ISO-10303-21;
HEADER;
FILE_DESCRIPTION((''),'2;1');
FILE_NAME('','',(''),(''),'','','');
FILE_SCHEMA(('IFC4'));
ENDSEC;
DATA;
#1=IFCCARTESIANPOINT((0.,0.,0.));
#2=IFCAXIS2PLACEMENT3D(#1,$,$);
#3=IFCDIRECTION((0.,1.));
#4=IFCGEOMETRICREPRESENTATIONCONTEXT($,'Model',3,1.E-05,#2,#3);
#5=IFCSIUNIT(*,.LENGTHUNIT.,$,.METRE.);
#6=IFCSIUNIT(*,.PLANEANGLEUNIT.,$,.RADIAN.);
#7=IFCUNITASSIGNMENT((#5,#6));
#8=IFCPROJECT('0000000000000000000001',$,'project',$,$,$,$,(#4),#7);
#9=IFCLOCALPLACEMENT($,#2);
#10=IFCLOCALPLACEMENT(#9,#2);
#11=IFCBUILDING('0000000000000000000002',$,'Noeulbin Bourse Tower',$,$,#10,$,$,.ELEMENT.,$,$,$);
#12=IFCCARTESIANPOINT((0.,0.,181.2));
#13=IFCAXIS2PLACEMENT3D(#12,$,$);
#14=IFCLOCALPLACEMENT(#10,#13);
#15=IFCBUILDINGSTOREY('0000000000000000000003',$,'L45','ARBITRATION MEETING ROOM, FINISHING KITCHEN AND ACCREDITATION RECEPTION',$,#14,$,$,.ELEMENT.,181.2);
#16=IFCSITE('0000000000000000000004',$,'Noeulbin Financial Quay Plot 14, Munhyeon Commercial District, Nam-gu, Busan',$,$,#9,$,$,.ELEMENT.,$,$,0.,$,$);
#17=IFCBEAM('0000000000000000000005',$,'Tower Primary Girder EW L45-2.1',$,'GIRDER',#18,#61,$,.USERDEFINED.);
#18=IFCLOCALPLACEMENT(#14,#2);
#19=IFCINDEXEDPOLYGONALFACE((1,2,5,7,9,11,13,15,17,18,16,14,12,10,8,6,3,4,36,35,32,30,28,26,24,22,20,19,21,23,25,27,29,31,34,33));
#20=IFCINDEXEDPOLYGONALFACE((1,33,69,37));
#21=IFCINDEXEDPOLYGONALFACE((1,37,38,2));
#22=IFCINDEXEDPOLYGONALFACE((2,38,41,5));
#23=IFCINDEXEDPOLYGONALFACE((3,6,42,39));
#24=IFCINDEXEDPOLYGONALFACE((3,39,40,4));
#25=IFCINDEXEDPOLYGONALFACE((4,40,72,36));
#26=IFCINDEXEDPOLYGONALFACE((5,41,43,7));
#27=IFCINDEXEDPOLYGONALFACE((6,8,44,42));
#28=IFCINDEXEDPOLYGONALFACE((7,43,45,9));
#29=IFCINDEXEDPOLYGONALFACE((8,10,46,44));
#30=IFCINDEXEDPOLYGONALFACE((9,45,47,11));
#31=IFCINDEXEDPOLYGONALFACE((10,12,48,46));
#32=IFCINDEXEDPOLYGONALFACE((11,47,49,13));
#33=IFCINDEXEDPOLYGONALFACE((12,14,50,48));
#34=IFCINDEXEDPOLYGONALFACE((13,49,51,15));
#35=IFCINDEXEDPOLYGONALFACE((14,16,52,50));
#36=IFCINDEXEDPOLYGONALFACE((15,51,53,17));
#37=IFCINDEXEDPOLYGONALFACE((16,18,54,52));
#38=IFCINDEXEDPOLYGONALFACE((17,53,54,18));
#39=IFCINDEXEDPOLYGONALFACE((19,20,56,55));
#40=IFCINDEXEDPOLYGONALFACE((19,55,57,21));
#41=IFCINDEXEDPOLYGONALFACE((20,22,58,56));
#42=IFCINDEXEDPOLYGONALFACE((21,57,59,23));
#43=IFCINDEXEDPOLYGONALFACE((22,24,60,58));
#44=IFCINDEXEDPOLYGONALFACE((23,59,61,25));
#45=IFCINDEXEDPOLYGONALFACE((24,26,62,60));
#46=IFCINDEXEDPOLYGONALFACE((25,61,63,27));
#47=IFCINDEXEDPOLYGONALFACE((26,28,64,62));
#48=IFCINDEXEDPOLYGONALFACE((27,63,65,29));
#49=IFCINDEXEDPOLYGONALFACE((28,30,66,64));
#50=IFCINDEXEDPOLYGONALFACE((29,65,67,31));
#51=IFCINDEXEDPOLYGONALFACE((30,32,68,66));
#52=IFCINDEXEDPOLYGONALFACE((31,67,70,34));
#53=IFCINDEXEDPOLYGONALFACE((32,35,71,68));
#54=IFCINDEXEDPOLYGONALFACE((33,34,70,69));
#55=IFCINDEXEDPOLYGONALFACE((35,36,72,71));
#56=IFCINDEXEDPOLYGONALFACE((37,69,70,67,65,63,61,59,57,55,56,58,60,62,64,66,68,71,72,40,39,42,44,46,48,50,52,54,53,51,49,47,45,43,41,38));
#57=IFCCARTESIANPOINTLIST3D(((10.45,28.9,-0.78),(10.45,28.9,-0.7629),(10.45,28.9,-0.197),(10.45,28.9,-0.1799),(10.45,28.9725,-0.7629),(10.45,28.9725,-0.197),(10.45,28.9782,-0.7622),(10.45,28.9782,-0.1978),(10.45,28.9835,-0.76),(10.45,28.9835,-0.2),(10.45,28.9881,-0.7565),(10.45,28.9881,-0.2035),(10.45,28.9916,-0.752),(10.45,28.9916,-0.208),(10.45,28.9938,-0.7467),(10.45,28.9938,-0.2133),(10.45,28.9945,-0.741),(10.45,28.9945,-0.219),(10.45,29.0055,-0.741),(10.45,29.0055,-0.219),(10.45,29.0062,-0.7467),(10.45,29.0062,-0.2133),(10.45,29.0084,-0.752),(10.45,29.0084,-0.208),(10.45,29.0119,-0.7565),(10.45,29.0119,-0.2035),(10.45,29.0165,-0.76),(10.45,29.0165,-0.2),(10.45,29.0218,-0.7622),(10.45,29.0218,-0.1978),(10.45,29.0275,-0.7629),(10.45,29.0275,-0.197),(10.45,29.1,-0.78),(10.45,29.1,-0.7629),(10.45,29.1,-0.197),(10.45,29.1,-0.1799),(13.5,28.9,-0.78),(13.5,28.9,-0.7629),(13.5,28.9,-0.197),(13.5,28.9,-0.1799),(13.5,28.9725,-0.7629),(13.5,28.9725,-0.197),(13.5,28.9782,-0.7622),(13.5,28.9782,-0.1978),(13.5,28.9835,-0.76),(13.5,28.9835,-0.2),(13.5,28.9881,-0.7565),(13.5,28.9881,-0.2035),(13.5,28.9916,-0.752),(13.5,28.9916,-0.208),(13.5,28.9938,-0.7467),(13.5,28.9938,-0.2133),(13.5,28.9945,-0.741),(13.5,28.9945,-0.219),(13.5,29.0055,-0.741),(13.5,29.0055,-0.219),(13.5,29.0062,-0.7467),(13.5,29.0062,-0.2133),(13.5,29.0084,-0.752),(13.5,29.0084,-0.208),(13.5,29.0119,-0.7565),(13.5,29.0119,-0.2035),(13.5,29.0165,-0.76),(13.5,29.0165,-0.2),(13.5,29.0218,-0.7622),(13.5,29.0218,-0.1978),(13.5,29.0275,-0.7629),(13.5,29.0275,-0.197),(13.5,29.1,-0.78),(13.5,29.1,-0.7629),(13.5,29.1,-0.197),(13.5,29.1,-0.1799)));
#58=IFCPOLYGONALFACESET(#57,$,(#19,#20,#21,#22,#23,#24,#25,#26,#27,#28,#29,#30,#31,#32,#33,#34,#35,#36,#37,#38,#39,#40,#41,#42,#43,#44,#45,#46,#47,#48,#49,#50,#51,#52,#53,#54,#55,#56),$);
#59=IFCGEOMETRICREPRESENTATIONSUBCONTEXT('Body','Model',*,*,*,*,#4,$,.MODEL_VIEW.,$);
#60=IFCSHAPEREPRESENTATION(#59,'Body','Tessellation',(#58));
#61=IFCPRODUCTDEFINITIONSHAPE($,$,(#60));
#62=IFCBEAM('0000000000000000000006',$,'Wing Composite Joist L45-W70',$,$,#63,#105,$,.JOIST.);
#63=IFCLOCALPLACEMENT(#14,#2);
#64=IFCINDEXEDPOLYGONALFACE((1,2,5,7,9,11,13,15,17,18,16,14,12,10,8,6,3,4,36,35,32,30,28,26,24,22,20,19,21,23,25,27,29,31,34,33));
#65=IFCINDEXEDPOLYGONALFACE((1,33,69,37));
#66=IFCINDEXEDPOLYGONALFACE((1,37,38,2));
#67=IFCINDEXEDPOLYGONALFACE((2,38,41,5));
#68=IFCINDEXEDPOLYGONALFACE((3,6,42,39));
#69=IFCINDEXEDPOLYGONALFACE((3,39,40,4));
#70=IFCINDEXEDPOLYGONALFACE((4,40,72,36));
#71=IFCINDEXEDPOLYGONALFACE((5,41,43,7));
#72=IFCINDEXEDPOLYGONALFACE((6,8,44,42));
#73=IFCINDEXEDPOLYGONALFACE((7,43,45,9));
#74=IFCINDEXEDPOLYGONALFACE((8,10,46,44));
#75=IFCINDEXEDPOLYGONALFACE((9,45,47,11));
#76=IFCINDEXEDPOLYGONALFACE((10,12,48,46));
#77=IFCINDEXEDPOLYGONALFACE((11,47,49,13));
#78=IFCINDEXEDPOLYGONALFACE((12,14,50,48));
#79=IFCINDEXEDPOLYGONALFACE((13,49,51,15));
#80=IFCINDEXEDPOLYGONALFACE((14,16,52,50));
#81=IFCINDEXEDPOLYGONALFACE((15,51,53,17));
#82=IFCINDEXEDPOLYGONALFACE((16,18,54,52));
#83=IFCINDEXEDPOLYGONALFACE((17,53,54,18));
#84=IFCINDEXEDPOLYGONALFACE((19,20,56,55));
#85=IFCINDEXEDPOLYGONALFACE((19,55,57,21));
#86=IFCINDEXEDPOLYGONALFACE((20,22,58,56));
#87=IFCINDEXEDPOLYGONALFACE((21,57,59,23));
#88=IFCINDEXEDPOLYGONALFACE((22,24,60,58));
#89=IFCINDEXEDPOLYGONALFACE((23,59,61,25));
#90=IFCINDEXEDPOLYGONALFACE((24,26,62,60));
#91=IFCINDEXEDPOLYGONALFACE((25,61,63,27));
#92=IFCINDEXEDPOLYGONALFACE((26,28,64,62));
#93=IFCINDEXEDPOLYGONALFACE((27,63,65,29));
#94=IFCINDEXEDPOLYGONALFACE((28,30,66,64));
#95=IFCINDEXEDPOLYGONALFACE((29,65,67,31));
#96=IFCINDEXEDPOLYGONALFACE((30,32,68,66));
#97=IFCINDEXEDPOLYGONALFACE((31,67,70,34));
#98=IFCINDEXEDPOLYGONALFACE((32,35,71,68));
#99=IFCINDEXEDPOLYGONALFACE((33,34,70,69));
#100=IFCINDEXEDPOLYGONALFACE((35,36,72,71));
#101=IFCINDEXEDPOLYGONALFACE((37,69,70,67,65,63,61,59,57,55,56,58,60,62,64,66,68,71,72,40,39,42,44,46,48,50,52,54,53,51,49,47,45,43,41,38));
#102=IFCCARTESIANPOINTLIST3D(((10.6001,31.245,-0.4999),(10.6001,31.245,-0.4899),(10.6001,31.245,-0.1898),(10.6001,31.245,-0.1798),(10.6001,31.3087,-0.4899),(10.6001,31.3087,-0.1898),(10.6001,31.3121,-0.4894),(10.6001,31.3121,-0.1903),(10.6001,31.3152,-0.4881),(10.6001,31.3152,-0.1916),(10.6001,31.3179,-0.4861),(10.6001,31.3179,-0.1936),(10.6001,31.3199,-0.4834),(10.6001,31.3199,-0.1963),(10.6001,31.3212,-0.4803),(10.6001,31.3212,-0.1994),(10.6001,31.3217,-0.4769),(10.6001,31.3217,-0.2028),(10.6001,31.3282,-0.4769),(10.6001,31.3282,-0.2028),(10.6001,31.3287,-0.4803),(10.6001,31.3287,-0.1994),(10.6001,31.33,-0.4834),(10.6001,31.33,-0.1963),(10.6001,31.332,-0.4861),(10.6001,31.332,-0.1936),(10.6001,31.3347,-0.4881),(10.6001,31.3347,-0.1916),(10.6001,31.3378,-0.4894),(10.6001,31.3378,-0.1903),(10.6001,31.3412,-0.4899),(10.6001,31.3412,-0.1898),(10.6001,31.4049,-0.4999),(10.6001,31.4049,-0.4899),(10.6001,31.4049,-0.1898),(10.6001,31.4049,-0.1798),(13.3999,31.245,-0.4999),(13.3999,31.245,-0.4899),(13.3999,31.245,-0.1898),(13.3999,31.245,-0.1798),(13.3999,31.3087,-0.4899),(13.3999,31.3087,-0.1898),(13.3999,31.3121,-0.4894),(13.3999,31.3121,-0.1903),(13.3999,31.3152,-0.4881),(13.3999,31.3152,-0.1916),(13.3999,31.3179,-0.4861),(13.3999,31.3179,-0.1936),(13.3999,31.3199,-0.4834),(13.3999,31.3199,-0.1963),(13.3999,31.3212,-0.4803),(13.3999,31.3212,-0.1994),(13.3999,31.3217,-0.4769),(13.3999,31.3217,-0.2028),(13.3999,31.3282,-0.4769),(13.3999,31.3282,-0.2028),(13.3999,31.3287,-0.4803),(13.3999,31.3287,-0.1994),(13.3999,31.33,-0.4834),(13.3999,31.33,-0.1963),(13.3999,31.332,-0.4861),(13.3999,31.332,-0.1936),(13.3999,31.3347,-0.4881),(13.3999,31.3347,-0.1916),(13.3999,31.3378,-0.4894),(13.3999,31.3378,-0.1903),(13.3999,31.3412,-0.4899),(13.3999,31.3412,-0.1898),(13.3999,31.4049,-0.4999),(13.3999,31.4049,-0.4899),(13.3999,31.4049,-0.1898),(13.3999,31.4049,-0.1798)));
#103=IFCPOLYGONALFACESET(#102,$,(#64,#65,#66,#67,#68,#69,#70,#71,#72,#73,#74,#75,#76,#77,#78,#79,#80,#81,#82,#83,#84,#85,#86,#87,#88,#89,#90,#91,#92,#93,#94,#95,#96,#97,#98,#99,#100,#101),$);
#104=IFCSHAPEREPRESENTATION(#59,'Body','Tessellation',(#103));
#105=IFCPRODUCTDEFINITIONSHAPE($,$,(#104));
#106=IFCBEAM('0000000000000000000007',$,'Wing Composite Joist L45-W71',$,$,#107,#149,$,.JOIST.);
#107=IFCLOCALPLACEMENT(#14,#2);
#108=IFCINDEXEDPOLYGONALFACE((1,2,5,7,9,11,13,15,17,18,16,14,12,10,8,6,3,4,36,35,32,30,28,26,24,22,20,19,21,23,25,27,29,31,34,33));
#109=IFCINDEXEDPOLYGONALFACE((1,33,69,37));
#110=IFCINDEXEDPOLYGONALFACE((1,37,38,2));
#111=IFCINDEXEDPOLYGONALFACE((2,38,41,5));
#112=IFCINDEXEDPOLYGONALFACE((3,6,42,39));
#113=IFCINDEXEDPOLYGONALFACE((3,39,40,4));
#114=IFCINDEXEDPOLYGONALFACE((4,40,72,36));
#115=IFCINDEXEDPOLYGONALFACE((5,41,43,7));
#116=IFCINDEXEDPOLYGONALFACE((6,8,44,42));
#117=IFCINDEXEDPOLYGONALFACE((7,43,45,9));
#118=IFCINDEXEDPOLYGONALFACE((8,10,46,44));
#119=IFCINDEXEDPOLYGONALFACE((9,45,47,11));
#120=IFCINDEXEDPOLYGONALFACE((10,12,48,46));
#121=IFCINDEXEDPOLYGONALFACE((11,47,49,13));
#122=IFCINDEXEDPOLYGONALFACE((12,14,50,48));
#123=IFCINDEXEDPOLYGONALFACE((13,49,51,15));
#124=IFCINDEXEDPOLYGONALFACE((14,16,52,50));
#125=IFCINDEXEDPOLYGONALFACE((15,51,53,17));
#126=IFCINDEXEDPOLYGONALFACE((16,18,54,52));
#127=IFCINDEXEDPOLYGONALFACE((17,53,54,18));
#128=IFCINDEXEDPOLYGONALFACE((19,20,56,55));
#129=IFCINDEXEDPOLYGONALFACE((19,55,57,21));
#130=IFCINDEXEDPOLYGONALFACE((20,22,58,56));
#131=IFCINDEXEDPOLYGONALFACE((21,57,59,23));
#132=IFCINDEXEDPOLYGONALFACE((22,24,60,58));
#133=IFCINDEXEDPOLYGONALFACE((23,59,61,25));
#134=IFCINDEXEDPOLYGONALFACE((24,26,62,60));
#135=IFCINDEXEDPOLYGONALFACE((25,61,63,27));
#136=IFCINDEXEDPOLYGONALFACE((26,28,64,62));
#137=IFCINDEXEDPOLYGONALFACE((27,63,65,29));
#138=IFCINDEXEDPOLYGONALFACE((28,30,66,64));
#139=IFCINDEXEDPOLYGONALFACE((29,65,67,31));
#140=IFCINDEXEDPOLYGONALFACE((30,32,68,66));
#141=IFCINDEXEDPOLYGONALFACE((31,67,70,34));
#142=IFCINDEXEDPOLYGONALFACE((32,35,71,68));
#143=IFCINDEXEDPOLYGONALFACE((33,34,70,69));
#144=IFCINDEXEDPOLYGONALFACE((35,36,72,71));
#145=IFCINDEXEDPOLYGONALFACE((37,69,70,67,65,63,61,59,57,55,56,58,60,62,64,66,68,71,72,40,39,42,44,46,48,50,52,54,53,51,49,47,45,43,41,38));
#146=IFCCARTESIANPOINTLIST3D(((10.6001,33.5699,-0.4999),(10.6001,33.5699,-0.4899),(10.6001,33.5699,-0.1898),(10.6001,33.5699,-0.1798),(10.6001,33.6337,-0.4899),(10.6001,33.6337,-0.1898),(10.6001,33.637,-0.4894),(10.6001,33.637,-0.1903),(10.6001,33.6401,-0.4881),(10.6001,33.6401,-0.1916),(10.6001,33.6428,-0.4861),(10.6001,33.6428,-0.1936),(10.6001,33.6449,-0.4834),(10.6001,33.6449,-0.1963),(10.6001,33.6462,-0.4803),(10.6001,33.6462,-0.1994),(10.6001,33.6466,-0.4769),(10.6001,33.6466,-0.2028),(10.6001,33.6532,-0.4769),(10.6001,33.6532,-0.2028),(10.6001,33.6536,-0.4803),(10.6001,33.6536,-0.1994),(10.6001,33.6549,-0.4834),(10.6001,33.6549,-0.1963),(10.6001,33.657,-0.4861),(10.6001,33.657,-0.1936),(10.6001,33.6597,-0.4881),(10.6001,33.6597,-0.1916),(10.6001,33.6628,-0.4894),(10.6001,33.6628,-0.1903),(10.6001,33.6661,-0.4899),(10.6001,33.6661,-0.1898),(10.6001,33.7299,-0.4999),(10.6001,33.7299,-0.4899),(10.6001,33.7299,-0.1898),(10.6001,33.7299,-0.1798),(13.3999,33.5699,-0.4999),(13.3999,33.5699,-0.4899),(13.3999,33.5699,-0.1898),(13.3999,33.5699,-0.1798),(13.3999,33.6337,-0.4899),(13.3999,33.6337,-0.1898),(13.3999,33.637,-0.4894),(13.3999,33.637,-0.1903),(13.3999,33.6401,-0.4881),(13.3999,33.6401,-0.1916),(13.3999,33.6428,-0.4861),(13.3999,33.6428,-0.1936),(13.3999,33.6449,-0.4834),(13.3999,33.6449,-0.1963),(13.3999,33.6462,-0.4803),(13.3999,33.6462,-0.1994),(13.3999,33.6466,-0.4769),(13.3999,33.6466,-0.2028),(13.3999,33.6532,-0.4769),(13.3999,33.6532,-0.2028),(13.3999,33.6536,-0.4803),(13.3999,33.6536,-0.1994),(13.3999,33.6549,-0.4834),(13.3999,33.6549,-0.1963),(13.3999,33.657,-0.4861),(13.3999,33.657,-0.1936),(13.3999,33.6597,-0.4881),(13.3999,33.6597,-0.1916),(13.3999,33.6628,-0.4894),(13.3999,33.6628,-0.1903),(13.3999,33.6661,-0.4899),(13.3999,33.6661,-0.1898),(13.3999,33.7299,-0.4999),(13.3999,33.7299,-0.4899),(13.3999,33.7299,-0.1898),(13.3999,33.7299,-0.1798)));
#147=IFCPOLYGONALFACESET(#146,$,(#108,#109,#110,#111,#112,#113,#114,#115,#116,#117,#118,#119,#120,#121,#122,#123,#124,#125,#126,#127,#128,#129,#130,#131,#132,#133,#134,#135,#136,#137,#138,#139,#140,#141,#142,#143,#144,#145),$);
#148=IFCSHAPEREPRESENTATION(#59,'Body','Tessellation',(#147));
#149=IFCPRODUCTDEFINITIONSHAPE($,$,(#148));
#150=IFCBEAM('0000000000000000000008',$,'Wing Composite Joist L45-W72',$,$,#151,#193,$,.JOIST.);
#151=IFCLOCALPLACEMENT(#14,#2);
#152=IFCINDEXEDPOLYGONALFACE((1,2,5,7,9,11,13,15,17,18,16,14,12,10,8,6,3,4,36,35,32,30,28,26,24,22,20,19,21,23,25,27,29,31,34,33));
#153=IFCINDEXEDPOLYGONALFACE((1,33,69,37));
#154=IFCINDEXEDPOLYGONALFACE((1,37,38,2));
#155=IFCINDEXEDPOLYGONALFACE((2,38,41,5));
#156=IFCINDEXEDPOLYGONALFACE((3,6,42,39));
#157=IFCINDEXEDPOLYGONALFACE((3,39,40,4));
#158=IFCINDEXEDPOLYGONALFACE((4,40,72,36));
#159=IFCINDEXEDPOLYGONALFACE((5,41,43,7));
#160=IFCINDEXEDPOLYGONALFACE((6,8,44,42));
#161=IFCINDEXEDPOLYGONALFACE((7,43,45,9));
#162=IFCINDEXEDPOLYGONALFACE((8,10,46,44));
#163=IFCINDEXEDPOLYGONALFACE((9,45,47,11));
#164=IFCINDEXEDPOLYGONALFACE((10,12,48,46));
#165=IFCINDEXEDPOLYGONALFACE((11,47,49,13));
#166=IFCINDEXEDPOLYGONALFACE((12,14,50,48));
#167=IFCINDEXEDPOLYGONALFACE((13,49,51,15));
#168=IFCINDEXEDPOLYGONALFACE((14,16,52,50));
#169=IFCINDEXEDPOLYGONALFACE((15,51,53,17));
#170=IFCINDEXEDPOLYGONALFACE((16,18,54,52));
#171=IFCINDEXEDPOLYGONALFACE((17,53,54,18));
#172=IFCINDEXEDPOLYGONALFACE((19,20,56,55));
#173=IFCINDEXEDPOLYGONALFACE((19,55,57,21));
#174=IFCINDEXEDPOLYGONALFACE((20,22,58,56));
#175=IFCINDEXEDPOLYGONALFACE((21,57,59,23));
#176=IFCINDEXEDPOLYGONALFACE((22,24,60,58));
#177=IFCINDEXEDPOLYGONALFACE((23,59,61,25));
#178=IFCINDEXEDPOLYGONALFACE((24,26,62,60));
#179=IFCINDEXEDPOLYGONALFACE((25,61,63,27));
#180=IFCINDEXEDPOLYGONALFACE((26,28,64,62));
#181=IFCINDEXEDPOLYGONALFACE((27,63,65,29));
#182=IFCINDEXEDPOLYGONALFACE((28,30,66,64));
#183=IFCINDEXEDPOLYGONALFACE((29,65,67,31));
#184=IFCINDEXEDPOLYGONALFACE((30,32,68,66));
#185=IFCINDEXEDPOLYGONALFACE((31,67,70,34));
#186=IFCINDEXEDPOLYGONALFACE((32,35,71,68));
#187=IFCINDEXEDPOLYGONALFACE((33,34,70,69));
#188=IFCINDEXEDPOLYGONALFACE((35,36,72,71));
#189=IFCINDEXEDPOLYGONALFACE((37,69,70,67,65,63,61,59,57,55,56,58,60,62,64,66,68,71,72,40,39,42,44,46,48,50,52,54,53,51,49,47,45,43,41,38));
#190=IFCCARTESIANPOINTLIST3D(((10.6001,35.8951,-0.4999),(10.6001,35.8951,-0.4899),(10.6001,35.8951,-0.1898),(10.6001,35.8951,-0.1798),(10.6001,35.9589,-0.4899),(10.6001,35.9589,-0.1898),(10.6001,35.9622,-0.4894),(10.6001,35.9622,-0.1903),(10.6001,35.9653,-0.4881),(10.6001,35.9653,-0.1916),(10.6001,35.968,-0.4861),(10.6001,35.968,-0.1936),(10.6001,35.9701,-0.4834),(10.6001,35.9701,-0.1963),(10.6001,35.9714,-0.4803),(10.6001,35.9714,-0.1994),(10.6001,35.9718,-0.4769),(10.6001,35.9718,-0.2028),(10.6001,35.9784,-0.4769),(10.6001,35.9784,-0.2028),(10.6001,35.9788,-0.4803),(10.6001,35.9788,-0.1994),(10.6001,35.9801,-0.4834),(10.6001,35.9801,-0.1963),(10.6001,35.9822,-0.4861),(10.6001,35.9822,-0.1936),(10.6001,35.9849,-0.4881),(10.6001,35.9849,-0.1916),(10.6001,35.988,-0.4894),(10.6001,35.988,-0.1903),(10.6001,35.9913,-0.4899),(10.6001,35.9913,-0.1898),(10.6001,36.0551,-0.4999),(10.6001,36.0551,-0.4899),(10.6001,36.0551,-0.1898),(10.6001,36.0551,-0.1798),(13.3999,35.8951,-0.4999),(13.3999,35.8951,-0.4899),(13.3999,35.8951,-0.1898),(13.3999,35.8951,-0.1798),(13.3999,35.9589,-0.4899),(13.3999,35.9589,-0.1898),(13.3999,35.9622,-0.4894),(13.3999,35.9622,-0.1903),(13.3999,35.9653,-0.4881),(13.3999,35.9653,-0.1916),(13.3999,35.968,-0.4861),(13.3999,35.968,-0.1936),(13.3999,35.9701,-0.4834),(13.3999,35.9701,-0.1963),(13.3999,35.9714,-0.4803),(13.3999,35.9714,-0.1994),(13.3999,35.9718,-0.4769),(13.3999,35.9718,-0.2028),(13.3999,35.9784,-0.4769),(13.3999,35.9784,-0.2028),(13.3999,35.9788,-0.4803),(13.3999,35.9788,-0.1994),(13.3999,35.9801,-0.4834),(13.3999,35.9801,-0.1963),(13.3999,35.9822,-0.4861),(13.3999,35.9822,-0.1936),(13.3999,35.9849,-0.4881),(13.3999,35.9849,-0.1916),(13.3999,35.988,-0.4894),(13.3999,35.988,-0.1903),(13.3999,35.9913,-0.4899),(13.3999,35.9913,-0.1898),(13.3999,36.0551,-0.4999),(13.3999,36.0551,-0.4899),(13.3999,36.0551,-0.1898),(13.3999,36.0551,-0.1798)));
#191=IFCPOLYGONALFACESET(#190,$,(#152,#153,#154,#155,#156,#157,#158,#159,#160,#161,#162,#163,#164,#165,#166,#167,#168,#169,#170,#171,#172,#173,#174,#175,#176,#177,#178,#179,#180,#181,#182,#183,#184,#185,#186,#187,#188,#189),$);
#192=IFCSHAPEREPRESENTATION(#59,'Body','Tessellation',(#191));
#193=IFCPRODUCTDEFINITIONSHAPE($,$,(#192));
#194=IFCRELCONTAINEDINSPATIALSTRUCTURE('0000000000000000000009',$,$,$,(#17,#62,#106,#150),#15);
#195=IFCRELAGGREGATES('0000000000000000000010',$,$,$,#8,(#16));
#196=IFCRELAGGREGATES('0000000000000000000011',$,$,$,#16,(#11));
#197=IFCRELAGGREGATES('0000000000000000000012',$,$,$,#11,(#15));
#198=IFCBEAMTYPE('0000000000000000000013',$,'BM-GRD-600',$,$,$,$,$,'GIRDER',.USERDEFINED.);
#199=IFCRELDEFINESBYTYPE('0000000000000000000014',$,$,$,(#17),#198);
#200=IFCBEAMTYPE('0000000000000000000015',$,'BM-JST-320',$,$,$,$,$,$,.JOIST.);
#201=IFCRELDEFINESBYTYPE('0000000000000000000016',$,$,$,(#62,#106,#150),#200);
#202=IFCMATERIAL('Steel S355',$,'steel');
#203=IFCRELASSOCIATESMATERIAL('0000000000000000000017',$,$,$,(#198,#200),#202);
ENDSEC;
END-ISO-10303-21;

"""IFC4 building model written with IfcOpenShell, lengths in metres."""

from ifc_helpers import new_model, si_unit, direction, frame, origin, origin_2d, place, context, subcontext, project, spatial, i_section, extrude, material, material_profile, profile_set, type_object, element, save


model = new_model("IFC4")

# Units and contexts
model_context = context("Model", 3, precision=1e-05, world=origin(), true_north=direction((0.0, 1.0)))
body_context = subcontext(model_context, "Body", "Model", "MODEL_VIEW")
ifc_project = project(units=[si_unit("LENGTHUNIT", "METRE"), si_unit("PLANEANGLEUNIT", "RADIAN")], contexts=[model_context])

# Site, building, storey
site_placement = place(None, origin())
site = spatial("IfcSite", under=ifc_project, at=site_placement, Name="Noeulbin Financial Quay Plot 14, Munhyeon Commercial District, Nam-gu, Busan", CompositionType="ELEMENT", RefElevation=0.0)
building_placement = place(site_placement, origin())
building = spatial("IfcBuilding", under=site, at=building_placement, Name="Noeulbin Bourse Tower", CompositionType="ELEMENT")
storey_placement = place(building_placement, frame((0.0, 0.0, 181.2)))
storey = spatial("IfcBuildingStorey", under=building, at=storey_placement, Name="L45", Description="ARBITRATION MEETING ROOM, FINISHING KITCHEN AND ACCREDITATION RECEPTION", CompositionType="ELEMENT", Elevation=181.2)

# Shared definitions
ifc_material_1 = material(Name="Steel S355", Category="steel")

# Beams
ifc_material_profile_1 = material_profile(ifc_material_1, i_section(OverallWidth=0.2, OverallDepth=0.6001, WebThickness=0.011, FlangeThickness=0.0171, FilletRadius=0.022, at=origin_2d()), Name="H-600x200x11x17", Category="LoadBearing")
ifc_profile_set_1 = profile_set([ifc_material_profile_1], Name="Steel S355")
beam_type_1 = type_object("IfcBeamType", Name="BM-GRD-600", ElementType="GIRDER", PredefinedType="USERDEFINED", material=ifc_profile_set_1)
beam_1_placement = place(storey_placement, frame((10.45, 29.0, -0.48), z_axis=(1.0, 0.0, 0.0), x_axis=(0.0, 1.0, 0.0)))
element("IfcBeam", 1, at=beam_1_placement, inside=storey, type_object=beam_type_1, Name="Tower Primary Girder EW L45-2.1", ObjectType="GIRDER", PredefinedType="USERDEFINED", context=body_context, shape_type="SweptSolid", body=[
    extrude(i_section(OverallWidth=0.2, OverallDepth=0.6001, WebThickness=0.011, FlangeThickness=0.0171, FilletRadius=0.022, at=origin_2d()), origin(), (0.0, 0.0, 1.0), 3.05),
])
ifc_material_profile_2 = material_profile(ifc_material_1, i_section(OverallWidth=0.1599, OverallDepth=0.3201, WebThickness=0.0066, FlangeThickness=0.01, FilletRadius=0.0129, at=origin_2d()), Name="H-320x160x6.5x10", Category="LoadBearing")
ifc_profile_set_2 = profile_set([ifc_material_profile_2], Name="Steel S355")
beam_type_2 = type_object("IfcBeamType", Name="BM-JST-320", PredefinedType="JOIST", material=ifc_profile_set_2)
for number, where, z_axis, x_axis, name in (
    (2, (10.6001, 31.325, -0.3398), (1.0, 0.0, 0.0), (0.0, 1.0, 0.0), "Wing Composite Joist L45-W70"),
    (3, (10.6001, 33.6499, -0.3398), (1.0, 0.0, 0.0), (0.0, 1.0, 0.0), "Wing Composite Joist L45-W71"),
    (4, (10.6001, 35.9751, -0.3398), (1.0, 0.0, 0.0), (0.0, 1.0, 0.0), "Wing Composite Joist L45-W72"),
):
    element("IfcBeam", number, at=place(storey_placement, frame(where, z_axis=z_axis, x_axis=x_axis)), inside=storey, type_object=beam_type_2, Name=name, PredefinedType="JOIST", context=body_context, shape_type="SweptSolid", body=[
        extrude(i_section(OverallWidth=0.1599, OverallDepth=0.3201, WebThickness=0.0066, FlangeThickness=0.01, FilletRadius=0.0129, at=origin_2d()), origin(), (0.0, 0.0, 1.0), 2.7998),
    ])

save(model, "model.ifc")
